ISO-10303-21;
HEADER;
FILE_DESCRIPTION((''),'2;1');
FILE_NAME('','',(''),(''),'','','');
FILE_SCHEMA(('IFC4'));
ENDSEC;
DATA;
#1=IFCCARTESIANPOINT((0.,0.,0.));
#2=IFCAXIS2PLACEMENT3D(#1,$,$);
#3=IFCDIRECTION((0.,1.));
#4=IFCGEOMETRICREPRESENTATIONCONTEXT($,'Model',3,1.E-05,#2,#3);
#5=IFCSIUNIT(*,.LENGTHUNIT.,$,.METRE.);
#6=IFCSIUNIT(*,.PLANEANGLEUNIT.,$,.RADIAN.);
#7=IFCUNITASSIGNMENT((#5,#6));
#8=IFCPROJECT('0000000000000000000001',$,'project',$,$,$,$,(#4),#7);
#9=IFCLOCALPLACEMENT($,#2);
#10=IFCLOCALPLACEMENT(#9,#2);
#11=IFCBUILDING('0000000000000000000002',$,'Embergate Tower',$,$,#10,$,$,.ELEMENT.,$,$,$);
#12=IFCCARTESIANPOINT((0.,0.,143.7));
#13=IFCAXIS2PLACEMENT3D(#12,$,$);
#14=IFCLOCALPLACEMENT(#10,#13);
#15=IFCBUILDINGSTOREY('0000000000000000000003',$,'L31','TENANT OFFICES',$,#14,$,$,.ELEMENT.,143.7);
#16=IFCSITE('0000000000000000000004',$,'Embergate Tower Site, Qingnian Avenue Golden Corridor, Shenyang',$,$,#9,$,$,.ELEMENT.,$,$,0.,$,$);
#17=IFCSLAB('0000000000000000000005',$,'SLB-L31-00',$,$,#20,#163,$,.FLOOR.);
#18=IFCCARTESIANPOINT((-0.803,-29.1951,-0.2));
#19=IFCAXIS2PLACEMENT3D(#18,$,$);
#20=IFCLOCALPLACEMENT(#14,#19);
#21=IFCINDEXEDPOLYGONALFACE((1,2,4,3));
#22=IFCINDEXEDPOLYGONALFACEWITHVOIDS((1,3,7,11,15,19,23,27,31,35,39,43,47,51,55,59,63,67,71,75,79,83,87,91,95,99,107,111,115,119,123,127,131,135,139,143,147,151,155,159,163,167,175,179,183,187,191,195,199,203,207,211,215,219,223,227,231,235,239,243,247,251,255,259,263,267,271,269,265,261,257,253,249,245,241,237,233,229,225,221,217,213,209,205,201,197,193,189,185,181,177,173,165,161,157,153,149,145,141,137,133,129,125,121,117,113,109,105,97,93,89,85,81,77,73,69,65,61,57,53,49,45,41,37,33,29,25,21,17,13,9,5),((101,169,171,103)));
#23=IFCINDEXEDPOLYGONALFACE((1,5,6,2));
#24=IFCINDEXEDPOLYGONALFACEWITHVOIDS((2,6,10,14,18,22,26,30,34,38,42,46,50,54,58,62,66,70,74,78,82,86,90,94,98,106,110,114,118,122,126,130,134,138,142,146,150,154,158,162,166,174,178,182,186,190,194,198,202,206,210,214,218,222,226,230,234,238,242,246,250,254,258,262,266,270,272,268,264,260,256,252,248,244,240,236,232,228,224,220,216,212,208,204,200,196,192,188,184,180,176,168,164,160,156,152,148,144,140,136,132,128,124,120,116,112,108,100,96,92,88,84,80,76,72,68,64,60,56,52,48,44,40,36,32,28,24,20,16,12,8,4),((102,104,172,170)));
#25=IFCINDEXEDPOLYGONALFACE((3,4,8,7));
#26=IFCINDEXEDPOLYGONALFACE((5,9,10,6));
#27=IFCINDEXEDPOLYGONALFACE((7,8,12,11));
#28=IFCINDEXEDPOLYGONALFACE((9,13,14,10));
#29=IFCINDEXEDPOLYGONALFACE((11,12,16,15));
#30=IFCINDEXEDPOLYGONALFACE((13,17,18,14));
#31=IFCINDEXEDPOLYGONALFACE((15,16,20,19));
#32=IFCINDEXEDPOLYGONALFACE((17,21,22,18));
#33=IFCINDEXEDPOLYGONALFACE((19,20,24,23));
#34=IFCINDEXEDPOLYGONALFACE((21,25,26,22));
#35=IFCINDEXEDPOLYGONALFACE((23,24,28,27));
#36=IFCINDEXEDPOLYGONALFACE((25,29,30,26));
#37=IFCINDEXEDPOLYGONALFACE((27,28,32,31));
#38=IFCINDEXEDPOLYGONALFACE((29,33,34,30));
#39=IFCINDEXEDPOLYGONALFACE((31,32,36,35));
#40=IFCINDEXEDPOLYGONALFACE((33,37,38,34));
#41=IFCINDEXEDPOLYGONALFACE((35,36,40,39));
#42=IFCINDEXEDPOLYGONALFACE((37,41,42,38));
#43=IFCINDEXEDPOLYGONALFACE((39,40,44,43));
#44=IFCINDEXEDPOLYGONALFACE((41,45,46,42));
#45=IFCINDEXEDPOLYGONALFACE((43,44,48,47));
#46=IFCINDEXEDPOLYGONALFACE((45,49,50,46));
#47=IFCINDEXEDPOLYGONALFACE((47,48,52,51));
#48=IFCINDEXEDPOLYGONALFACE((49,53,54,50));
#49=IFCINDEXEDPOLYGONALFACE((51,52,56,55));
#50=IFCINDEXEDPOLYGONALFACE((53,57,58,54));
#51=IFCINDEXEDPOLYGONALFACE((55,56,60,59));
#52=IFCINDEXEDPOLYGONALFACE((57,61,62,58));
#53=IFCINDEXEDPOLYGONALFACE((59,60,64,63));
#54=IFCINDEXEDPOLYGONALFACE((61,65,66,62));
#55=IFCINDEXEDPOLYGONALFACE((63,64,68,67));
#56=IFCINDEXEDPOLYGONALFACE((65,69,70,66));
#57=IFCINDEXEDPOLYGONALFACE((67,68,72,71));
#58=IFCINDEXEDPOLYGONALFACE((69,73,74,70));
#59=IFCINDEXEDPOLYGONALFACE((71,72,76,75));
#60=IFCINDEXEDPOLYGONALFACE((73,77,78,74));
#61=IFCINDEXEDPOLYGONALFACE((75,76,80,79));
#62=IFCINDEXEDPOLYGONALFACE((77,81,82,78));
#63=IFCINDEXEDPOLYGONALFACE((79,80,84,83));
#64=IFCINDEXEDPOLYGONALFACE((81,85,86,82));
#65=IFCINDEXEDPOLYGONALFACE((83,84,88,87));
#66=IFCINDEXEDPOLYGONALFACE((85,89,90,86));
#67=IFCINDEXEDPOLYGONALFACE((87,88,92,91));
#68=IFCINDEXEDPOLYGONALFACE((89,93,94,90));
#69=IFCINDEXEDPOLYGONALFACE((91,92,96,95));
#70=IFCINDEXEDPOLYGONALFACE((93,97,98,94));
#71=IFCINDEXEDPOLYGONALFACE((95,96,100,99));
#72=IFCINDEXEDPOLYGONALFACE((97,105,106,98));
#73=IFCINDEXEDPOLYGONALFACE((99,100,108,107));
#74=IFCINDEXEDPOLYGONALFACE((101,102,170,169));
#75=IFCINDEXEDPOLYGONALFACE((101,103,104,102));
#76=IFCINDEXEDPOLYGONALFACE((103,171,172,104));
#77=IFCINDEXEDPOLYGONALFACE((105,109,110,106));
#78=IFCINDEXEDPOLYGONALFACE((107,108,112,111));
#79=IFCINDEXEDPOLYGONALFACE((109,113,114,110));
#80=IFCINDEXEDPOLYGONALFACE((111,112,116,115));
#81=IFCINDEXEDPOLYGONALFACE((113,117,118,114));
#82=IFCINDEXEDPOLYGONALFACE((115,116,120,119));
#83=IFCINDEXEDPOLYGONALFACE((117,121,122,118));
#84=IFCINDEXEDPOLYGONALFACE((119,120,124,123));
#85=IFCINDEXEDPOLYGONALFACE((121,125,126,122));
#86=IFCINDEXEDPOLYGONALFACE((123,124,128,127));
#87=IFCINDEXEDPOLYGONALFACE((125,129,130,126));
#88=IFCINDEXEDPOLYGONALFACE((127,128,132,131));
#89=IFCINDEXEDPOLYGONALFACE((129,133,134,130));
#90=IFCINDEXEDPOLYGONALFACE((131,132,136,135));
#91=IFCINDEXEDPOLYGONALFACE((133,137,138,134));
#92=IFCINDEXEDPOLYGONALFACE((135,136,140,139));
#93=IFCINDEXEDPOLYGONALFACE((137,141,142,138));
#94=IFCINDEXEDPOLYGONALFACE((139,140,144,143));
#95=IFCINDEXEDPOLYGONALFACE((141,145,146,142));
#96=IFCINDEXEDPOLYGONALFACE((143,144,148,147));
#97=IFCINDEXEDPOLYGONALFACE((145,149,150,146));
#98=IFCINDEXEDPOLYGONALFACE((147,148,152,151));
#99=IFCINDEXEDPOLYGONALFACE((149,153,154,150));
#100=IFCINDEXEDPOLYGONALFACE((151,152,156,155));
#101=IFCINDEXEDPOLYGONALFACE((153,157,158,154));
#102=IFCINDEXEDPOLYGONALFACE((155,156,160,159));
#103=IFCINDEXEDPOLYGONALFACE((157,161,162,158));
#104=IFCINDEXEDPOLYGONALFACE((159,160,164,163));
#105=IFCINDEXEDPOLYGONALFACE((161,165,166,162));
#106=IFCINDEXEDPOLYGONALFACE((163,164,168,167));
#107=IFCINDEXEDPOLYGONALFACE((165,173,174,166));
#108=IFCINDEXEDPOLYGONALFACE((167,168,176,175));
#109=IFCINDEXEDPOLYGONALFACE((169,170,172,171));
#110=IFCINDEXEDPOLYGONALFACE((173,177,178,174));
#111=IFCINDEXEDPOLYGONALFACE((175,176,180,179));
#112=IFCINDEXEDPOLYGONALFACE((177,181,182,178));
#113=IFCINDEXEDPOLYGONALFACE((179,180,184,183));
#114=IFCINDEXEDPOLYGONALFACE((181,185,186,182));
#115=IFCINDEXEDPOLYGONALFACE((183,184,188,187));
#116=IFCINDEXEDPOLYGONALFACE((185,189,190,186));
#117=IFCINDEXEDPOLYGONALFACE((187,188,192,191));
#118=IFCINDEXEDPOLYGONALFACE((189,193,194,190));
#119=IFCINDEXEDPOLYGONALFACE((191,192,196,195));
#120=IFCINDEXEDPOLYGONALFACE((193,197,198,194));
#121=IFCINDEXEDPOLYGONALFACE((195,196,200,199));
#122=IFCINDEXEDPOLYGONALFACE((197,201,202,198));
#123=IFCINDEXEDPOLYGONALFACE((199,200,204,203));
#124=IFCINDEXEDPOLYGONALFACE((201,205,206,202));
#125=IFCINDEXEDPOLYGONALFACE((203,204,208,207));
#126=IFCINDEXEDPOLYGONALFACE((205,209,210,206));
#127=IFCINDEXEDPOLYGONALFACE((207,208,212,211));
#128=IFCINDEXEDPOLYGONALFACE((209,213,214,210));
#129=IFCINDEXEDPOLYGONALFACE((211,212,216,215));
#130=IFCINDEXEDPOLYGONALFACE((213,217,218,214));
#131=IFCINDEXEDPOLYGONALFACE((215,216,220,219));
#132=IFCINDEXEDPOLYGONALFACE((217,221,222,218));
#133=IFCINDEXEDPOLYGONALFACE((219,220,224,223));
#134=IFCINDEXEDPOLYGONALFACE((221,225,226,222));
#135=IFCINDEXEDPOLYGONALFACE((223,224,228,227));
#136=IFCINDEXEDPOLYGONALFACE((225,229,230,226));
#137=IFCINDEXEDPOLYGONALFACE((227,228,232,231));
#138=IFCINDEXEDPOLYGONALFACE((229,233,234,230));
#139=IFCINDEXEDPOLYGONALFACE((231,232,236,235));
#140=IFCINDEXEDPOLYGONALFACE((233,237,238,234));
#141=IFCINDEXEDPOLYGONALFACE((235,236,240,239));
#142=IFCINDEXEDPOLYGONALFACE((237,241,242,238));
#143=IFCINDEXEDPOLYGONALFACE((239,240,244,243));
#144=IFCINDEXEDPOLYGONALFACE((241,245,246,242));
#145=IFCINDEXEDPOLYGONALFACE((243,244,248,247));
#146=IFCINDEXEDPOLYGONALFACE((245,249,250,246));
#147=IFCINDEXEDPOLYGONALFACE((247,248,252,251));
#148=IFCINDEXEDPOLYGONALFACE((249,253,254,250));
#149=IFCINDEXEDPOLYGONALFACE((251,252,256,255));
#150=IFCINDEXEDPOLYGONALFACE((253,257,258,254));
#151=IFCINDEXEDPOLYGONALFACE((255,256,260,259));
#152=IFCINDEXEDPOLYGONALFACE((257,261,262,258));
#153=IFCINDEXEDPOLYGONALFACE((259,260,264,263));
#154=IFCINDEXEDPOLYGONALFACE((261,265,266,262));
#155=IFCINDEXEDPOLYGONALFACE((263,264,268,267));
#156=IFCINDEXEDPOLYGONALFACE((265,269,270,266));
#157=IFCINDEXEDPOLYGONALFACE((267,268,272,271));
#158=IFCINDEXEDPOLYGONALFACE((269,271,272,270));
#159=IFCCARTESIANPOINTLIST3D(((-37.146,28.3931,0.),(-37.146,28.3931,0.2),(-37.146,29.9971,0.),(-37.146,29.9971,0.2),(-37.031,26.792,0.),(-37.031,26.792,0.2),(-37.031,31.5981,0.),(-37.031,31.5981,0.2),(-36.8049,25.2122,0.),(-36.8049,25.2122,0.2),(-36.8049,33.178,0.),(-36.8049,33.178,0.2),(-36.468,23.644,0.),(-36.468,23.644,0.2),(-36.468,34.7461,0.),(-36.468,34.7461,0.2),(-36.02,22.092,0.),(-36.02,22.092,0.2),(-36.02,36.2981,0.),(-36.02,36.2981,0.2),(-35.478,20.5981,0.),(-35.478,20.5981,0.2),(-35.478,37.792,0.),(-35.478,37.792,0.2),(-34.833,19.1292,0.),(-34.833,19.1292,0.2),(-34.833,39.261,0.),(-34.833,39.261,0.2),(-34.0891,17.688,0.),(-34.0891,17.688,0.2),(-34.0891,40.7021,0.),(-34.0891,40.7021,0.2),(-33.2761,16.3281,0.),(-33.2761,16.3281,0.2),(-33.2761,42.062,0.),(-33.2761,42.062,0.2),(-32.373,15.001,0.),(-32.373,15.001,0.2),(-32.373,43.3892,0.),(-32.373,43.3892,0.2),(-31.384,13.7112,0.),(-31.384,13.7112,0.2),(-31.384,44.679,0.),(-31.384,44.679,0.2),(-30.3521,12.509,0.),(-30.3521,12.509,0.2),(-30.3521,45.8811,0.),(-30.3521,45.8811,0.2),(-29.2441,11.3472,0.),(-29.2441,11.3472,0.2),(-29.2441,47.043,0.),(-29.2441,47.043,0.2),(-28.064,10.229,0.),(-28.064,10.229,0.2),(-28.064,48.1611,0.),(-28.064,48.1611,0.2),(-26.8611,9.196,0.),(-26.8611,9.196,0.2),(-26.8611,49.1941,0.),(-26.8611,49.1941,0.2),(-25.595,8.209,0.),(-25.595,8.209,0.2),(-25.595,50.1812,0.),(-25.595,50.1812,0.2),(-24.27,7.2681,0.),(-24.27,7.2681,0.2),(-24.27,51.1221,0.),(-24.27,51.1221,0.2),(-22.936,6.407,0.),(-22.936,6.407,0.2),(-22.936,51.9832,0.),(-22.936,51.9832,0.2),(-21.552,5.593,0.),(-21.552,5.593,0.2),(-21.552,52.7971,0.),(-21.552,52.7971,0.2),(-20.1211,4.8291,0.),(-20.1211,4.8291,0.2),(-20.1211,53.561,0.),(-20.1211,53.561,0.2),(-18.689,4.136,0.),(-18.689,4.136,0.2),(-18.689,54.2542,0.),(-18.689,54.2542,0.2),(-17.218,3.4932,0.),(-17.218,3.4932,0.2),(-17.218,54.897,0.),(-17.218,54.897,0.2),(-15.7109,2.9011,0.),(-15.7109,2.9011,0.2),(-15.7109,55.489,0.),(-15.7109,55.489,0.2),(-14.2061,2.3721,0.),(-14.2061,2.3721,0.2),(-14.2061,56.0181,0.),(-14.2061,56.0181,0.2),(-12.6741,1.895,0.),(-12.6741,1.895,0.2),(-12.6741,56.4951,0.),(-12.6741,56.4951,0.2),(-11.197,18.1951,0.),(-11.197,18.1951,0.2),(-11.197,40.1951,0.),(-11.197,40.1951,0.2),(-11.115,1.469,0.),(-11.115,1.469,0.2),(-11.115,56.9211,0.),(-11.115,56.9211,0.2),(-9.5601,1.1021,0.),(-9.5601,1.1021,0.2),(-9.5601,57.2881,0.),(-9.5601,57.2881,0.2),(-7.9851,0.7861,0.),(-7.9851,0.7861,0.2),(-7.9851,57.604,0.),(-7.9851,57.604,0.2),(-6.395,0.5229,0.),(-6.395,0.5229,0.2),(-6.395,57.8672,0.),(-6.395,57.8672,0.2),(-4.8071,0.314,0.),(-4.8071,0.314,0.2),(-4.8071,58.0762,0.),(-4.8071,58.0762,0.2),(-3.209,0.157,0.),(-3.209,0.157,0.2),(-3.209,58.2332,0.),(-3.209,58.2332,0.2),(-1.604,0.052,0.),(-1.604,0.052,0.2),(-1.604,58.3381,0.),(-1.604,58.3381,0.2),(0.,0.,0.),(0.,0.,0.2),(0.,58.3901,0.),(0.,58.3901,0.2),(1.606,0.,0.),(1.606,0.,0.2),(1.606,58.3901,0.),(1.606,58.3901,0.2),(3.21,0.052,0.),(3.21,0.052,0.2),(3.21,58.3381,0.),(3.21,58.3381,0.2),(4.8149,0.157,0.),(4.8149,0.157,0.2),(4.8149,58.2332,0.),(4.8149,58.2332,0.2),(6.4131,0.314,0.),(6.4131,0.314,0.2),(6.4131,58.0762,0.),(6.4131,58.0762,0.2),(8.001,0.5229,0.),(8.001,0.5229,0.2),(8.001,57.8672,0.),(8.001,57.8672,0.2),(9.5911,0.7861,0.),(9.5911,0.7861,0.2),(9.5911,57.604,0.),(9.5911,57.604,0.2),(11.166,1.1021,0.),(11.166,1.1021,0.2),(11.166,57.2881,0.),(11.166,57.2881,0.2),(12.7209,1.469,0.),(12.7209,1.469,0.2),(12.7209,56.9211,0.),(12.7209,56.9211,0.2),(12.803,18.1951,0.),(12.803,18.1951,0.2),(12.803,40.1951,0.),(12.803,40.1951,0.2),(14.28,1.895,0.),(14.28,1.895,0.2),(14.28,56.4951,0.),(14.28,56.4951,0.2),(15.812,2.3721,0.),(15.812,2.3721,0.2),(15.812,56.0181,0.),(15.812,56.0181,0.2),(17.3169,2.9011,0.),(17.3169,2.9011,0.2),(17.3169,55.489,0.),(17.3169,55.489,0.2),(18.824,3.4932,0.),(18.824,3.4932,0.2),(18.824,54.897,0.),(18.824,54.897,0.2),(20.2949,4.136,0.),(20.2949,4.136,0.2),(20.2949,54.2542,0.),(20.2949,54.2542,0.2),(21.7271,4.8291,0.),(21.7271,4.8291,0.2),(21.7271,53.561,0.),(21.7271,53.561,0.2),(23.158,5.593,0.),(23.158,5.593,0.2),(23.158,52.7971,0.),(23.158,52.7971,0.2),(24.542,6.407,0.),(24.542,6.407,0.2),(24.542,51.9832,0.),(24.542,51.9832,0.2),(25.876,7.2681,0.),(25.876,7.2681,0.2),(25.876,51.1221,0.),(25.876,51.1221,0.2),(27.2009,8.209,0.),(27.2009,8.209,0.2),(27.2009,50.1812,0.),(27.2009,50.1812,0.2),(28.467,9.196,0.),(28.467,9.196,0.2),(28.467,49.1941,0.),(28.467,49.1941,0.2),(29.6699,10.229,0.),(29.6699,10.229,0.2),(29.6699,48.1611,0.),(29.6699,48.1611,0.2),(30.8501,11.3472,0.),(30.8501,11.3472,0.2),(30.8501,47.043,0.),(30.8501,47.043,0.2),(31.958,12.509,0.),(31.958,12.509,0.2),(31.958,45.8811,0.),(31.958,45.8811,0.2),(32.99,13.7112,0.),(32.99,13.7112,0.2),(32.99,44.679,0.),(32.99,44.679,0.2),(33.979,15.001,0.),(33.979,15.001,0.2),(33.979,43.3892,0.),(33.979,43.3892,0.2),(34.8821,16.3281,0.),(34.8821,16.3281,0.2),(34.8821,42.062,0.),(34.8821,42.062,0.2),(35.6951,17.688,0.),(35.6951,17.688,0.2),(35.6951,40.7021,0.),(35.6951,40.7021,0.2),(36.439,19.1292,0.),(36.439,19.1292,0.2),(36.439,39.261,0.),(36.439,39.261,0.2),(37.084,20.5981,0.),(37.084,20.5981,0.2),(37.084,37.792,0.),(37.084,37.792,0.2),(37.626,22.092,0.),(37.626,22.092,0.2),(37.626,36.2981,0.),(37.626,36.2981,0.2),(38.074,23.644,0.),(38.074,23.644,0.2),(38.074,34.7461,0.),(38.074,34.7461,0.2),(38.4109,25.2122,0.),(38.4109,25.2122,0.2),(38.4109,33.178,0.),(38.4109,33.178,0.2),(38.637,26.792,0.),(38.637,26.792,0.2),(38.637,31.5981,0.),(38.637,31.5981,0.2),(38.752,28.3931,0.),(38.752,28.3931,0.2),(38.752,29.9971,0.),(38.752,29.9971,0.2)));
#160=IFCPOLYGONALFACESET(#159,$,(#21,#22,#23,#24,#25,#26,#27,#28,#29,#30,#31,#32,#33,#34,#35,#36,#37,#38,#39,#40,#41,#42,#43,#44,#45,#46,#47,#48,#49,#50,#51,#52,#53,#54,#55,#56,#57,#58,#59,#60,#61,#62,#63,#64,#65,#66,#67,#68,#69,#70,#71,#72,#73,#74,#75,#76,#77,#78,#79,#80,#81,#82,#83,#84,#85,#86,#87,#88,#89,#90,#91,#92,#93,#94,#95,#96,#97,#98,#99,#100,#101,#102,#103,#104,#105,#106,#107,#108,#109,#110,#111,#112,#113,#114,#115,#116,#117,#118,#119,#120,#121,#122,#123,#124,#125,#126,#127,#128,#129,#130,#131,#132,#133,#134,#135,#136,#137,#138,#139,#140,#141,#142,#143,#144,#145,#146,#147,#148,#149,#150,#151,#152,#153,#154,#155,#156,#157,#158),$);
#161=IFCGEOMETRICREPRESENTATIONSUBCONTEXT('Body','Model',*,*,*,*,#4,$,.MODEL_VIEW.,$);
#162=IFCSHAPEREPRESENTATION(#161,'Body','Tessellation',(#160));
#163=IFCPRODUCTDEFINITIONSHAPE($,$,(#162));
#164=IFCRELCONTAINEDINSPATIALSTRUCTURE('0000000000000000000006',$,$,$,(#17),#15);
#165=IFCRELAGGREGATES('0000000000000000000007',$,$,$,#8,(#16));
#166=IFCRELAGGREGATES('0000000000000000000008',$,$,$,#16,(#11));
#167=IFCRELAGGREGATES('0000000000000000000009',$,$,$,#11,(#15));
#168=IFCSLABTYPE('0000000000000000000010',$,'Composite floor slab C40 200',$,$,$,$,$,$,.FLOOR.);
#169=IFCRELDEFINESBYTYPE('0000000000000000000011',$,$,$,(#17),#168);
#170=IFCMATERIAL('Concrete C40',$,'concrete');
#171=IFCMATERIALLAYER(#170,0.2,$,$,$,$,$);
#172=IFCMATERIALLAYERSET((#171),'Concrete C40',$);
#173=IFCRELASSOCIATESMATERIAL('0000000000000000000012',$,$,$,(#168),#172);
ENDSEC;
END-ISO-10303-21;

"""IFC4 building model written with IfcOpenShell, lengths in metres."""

from ifc_helpers import new_model, si_unit, direction, frame, origin, place, context, subcontext, project, spatial, polyline, outline, extrude, source, transform, mapped, material, layer, layer_set, type_object, element, save


model = new_model("IFC4")

# Units and contexts
model_context = context("Model", 3, precision=1e-05, world=origin(), true_north=direction((0.0, 1.0)))
body_context = subcontext(model_context, "Body", "Model", "MODEL_VIEW")
ifc_project = project(units=[si_unit("LENGTHUNIT", "METRE"), si_unit("PLANEANGLEUNIT", "RADIAN")], contexts=[model_context])

# Site, building, storey
site_placement = place(None, origin())
site = spatial("IfcSite", under=ifc_project, at=site_placement, Name="Embergate Tower Site, Qingnian Avenue Golden Corridor, Shenyang", CompositionType="ELEMENT", RefElevation=0.0)
building_placement = place(site_placement, origin())
building = spatial("IfcBuilding", under=site, at=building_placement, Name="Embergate Tower", CompositionType="ELEMENT")
storey_placement = place(building_placement, frame((0.0, 0.0, 143.7)))
storey = spatial("IfcBuildingStorey", under=building, at=storey_placement, Name="L31", Description="TENANT OFFICES", CompositionType="ELEMENT", Elevation=143.7)

# Slab
ifc_material_1 = material(Name="Concrete C40", Category="concrete")
ifc_layer_1 = layer(ifc_material_1, 0.2)
ifc_layer_set_1 = layer_set([ifc_layer_1], Name="Concrete C40")
slab_type = type_object("IfcSlabType", Name="Composite floor slab C40 200", PredefinedType="FLOOR", material=ifc_layer_set_1)
shared_shape_1 = source(origin(), body_context, "Body", "SweptSolid", [
    extrude(outline(polyline([(0.0, 0.0), (1.606, 0.0), (3.21, 0.052), (4.8149, 0.157), (6.4131, 0.314), (8.001, 0.5229), (9.5911, 0.7861), (11.166, 1.1021), (12.7209, 1.469), (14.28, 1.895), (15.812, 2.3721), (17.3169, 2.9011), (18.824, 3.4932), (20.2949, 4.136), (21.7271, 4.8291), (23.158, 5.593), (24.542, 6.407), (25.876, 7.2681), (27.2009, 8.209), (28.467, 9.196), (29.6699, 10.229), (30.8501, 11.3472), (31.958, 12.509), (32.99, 13.7112), (33.979, 15.001), (34.8821, 16.3281), (35.6951, 17.688), (36.439, 19.1292), (37.084, 20.5981), (37.626, 22.092), (38.074, 23.644), (38.4109, 25.2122), (38.637, 26.792), (38.752, 28.3931), (38.752, 29.9971), (38.637, 31.5981), (38.4109, 33.178), (38.074, 34.7461), (37.626, 36.2981), (37.084, 37.792), (36.439, 39.261), (35.6951, 40.7021), (34.8821, 42.062), (33.979, 43.3892), (32.99, 44.679), (31.958, 45.8811), (30.8501, 47.043), (29.6699, 48.1611), (28.467, 49.1941), (27.2009, 50.1812), (25.876, 51.1221), (24.542, 51.9832), (23.158, 52.7971), (21.7271, 53.561), (20.2949, 54.2542), (18.824, 54.897), (17.3169, 55.489), (15.812, 56.0181), (14.28, 56.4951), (12.7209, 56.9211), (11.166, 57.2881), (9.5911, 57.604), (8.001, 57.8672), (6.4131, 58.0762), (4.8149, 58.2332), (3.21, 58.3381), (1.606, 58.3901), (0.0, 58.3901), (-1.604, 58.3381), (-3.209, 58.2332), (-4.8071, 58.0762), (-6.395, 57.8672), (-7.9851, 57.604), (-9.5601, 57.2881), (-11.115, 56.9211), (-12.6741, 56.4951), (-14.2061, 56.0181), (-15.7109, 55.489), (-17.218, 54.897), (-18.689, 54.2542), (-20.1211, 53.561), (-21.552, 52.7971), (-22.936, 51.9832), (-24.27, 51.1221), (-25.595, 50.1812), (-26.8611, 49.1941), (-28.064, 48.1611), (-29.2441, 47.043), (-30.3521, 45.8811), (-31.384, 44.679), (-32.373, 43.3892), (-33.2761, 42.062), (-34.0891, 40.7021), (-34.833, 39.261), (-35.478, 37.792), (-36.02, 36.2981), (-36.468, 34.7461), (-36.8049, 33.178), (-37.031, 31.5981), (-37.146, 29.9971), (-37.146, 28.3931), (-37.031, 26.792), (-36.8049, 25.2122), (-36.468, 23.644), (-36.02, 22.092), (-35.478, 20.5981), (-34.833, 19.1292), (-34.0891, 17.688), (-33.2761, 16.3281), (-32.373, 15.001), (-31.384, 13.7112), (-30.3521, 12.509), (-29.2441, 11.3472), (-28.064, 10.229), (-26.8611, 9.196), (-25.595, 8.209), (-24.27, 7.2681), (-22.936, 6.407), (-21.552, 5.593), (-20.1211, 4.8291), (-18.689, 4.136), (-17.218, 3.4932), (-15.7109, 2.9011), (-14.2061, 2.3721), (-12.6741, 1.895), (-11.115, 1.469), (-9.5601, 1.1021), (-7.9851, 0.7861), (-6.395, 0.5229), (-4.8071, 0.314), (-3.209, 0.157), (-1.604, 0.052), (0.0, 0.0)]), holes=[polyline([(-11.197, 18.1951), (-11.197, 40.1951), (12.803, 40.1951), (12.803, 18.1951), (-11.197, 18.1951)])]), origin(), (0.0, 0.0, 1.0), 0.2),
])
slab_placement = place(storey_placement, frame((-0.803, -29.1951, -0.2)))
element("IfcSlab", 1, at=slab_placement, inside=storey, type_object=slab_type, Name="SLB-L31-00", PredefinedType="FLOOR", context=body_context, shape_type="MappedRepresentation", body=[
    mapped(shared_shape_1, transform((0.0, 0.0, 0.0))),
])

save(model, "model.ifc")
